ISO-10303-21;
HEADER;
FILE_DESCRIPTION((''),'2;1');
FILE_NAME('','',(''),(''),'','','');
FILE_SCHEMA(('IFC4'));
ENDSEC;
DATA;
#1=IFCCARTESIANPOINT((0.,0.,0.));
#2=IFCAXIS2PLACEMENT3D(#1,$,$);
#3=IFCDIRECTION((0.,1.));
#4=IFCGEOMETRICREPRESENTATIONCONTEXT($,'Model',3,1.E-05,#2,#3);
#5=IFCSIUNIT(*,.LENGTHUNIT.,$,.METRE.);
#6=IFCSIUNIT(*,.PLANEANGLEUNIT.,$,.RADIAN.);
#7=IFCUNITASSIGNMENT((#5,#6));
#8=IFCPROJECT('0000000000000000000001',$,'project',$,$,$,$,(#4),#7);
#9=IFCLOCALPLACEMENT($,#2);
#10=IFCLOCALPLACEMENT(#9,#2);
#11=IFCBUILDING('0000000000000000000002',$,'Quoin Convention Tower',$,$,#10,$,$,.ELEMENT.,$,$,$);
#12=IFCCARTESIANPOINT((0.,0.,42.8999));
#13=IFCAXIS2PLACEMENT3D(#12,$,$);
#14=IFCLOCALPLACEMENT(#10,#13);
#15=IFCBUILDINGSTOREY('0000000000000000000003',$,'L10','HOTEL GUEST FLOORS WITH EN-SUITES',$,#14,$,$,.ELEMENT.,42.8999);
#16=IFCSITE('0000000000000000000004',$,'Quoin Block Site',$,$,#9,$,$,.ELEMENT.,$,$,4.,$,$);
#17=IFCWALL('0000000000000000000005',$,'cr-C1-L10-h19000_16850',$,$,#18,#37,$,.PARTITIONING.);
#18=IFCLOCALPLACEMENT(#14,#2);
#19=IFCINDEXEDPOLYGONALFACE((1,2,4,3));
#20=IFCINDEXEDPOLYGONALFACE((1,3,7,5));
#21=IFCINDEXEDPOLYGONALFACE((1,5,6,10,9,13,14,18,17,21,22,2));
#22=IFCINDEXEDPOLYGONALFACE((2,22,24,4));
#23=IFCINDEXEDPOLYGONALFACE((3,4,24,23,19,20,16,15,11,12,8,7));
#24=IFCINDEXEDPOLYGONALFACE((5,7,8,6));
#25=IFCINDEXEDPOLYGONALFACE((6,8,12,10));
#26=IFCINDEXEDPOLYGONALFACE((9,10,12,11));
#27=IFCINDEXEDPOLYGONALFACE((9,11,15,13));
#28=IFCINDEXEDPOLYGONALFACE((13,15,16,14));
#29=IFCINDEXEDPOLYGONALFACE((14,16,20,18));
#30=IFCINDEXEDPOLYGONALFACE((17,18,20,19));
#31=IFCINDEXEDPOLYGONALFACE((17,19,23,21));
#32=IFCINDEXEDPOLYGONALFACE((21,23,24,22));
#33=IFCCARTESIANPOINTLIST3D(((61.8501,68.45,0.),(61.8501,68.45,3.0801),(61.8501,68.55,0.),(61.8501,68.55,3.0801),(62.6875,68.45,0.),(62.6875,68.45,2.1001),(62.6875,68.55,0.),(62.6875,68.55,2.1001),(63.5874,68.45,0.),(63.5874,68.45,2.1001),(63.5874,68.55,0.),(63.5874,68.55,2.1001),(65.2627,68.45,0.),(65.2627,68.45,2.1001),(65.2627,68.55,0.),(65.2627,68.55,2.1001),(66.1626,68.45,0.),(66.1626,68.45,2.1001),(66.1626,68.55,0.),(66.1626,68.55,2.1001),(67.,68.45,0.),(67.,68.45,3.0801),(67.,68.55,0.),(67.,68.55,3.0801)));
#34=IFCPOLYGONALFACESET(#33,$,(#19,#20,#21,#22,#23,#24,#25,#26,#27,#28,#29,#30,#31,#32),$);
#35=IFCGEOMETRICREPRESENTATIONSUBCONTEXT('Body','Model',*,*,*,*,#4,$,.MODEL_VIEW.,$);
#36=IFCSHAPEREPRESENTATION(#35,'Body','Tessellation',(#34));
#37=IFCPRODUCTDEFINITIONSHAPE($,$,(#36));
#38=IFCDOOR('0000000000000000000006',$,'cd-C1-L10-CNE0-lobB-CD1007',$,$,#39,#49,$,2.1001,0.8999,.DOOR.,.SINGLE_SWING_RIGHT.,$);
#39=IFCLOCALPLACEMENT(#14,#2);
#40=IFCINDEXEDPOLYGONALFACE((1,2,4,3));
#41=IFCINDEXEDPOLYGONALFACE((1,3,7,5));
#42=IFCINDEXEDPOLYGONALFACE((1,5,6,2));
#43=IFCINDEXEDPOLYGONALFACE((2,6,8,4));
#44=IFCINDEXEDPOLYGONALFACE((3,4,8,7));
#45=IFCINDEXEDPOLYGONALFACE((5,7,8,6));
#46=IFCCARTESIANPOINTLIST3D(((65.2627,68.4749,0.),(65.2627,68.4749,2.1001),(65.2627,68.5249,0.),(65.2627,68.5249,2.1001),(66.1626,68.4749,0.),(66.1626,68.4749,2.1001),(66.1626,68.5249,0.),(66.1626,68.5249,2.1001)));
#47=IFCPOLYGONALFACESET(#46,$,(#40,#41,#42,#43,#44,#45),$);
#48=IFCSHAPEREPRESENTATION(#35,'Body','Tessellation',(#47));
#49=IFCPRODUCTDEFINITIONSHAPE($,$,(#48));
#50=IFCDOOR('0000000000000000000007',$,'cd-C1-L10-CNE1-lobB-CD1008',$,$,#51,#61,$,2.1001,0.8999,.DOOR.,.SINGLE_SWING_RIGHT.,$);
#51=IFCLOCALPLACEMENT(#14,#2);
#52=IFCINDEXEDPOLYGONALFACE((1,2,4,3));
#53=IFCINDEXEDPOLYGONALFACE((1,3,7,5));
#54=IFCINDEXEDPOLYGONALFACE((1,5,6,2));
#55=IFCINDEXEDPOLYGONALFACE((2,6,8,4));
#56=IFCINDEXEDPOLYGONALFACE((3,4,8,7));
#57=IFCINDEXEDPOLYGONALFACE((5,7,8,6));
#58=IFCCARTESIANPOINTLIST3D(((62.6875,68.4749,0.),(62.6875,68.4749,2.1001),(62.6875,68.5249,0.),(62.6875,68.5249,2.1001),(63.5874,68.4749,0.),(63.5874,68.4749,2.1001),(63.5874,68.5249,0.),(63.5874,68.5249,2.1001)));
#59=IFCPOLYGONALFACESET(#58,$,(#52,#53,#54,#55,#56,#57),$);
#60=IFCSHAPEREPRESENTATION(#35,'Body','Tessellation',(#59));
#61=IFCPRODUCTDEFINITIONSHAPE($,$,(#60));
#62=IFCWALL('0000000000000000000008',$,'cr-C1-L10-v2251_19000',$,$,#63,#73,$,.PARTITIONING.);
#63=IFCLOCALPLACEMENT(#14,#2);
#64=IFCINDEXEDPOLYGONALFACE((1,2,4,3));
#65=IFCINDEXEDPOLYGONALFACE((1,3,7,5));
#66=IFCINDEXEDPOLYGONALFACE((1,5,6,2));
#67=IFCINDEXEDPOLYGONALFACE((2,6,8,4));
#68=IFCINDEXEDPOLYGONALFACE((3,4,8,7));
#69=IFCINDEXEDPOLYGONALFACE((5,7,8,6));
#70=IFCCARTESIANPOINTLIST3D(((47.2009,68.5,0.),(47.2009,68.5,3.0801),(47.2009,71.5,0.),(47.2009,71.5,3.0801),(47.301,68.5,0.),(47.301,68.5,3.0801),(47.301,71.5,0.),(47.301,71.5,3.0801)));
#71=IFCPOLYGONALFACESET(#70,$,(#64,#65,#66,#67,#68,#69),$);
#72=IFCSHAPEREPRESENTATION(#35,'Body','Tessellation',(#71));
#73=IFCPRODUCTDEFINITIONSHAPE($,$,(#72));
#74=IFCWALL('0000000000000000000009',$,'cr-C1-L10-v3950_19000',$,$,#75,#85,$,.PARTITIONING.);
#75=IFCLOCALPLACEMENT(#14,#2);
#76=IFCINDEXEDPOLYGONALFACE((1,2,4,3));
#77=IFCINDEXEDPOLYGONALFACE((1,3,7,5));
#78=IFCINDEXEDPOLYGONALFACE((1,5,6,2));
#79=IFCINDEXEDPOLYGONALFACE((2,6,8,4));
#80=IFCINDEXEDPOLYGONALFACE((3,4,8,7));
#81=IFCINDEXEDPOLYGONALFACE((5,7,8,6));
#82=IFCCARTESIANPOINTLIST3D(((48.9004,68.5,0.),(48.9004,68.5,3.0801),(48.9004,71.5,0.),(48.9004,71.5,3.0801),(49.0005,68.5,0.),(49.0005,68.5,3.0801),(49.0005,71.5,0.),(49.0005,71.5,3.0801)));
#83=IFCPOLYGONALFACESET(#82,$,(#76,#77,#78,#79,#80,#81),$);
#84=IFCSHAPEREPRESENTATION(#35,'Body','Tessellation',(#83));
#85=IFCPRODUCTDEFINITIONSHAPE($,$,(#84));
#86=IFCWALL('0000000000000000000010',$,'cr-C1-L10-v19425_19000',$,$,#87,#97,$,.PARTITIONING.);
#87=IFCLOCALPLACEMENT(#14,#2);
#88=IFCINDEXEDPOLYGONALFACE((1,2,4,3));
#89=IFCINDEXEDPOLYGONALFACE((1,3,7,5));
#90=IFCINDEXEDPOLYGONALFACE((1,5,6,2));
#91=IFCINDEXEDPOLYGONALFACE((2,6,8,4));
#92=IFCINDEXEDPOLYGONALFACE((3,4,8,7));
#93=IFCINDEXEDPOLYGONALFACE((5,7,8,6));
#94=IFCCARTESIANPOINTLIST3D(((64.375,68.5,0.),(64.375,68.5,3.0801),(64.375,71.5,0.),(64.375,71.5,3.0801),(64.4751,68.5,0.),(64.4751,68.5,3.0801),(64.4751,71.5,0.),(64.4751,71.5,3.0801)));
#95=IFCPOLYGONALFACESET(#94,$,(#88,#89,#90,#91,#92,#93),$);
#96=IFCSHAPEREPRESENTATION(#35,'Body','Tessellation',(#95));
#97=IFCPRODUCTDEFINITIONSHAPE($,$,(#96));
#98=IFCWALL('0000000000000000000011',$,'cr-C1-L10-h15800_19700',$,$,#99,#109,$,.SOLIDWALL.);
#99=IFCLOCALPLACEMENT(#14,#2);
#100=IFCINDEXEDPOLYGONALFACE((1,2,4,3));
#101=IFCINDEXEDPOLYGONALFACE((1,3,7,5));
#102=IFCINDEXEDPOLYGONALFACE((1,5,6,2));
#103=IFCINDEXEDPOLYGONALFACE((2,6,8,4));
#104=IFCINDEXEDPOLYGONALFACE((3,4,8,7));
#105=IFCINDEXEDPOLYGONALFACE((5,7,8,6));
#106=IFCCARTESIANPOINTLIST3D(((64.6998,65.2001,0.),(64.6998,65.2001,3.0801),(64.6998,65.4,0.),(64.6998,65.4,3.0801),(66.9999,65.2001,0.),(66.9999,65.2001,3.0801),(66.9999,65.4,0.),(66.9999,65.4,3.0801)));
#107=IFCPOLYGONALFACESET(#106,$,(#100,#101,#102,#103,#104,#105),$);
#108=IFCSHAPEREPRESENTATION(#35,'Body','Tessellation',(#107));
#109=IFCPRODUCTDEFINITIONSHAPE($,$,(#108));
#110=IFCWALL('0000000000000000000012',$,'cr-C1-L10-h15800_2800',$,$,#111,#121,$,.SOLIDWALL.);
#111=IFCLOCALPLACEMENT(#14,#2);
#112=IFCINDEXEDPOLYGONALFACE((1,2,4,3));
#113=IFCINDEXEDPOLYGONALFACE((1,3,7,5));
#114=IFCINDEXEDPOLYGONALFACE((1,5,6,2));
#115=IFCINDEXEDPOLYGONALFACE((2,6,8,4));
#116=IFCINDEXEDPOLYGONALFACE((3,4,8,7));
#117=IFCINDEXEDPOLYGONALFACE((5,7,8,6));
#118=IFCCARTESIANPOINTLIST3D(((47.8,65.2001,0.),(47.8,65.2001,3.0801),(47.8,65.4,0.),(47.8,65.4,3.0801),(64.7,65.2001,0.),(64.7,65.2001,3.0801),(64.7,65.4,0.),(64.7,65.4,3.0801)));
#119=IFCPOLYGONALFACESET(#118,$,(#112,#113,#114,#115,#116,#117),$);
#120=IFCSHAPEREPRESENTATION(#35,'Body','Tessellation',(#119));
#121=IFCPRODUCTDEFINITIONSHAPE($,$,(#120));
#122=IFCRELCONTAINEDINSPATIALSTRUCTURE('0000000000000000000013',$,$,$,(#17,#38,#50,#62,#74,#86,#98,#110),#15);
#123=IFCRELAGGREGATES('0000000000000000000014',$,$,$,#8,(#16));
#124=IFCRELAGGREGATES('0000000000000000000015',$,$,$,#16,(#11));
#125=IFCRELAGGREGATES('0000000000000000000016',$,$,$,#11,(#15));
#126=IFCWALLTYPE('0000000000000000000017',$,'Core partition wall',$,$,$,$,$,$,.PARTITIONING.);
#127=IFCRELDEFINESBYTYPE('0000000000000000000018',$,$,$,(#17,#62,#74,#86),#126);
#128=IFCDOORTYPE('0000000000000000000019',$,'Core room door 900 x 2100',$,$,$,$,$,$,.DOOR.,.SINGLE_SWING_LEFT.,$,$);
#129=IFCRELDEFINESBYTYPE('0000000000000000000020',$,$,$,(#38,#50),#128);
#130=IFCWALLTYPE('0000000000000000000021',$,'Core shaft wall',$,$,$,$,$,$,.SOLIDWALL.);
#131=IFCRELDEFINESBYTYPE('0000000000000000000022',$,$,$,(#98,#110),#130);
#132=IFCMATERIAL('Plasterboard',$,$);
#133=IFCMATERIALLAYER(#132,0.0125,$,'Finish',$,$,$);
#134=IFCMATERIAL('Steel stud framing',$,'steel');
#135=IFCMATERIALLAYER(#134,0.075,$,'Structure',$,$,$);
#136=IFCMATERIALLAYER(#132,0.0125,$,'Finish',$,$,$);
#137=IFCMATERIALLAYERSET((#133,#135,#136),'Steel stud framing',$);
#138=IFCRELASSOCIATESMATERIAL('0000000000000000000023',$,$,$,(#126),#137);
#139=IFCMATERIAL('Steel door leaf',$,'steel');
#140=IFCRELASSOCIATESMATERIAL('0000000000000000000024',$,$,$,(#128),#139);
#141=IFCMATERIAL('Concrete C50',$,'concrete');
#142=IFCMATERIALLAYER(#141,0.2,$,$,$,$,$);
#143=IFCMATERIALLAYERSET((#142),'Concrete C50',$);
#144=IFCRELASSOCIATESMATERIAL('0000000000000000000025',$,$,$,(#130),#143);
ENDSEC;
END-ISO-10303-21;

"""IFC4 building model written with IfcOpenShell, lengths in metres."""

from ifc_helpers import new_model, si_unit, direction, frame, frame_2d, origin, place, context, subcontext, project, spatial, rectangle, extrude, material, layer, layer_set, type_object, element, fill, save


model = new_model("IFC4")

# Units and contexts
model_context = context("Model", 3, precision=1e-05, world=origin(), true_north=direction((0.0, 1.0)))
body_context = subcontext(model_context, "Body", "Model", "MODEL_VIEW")
ifc_project = project(units=[si_unit("LENGTHUNIT", "METRE"), si_unit("PLANEANGLEUNIT", "RADIAN")], contexts=[model_context])

# Site, building, storey
site_placement = place(None, origin())
site = spatial("IfcSite", under=ifc_project, at=site_placement, Name="Quoin Block Site", CompositionType="ELEMENT", RefElevation=4.0)
building_placement = place(site_placement, origin())
building = spatial("IfcBuilding", under=site, at=building_placement, Name="Quoin Convention Tower", CompositionType="ELEMENT")
storey_placement = place(building_placement, frame((0.0, 0.0, 42.8999)))
storey = spatial("IfcBuildingStorey", under=building, at=storey_placement, Name="L10", Description="HOTEL GUEST FLOORS WITH EN-SUITES", CompositionType="ELEMENT", Elevation=42.8999)

# Wall, openings, doors
ifc_material_1 = material(Name="Plasterboard")
ifc_layer_1 = layer(ifc_material_1, 0.0125, Name="Finish")
ifc_material_2 = material(Name="Steel stud framing", Category="steel")
ifc_layer_2 = layer(ifc_material_2, 0.075, Name="Structure")
ifc_layer_3 = layer(ifc_material_1, 0.0125, Name="Finish")
ifc_layer_set_1 = layer_set([ifc_layer_1, ifc_layer_2, ifc_layer_3], Name="Steel stud framing")
wall_type_1 = type_object("IfcWallType", Name="Core partition wall", PredefinedType="PARTITIONING", material=ifc_layer_set_1)
wall_1_placement = place(storey_placement, frame((61.8501, 68.5, 0.0), z_axis=(0.0, 0.0, 1.0), x_axis=(1.0, 0.0, 0.0)))
wall_1 = element("IfcWall", 1, at=wall_1_placement, inside=storey, type_object=wall_type_1, Name="cr-C1-L10-h19000_16850", PredefinedType="PARTITIONING", context=body_context, shape_type="SweptSolid", body=[
    extrude(rectangle(XDim=5.1499, YDim=0.1001, at=frame_2d((2.575, 0.0))), origin(), (0.0, 0.0, 1.0), 3.0801),
])
opening_1_placement = place(wall_1_placement, frame((3.4126, 0.0, 0.0)))
opening_1 = element("IfcOpeningElement", 2, at=opening_1_placement, cuts=wall_1, PredefinedType="OPENING", context=body_context, shape_type="SweptSolid", body=[
    extrude(rectangle(XDim=0.8999, YDim=2.1001, at=frame_2d((0.45, 1.05))), frame((0.0, 0.0601, 0.0), z_axis=(0.0, -1.0, 0.0), x_axis=(1.0, 0.0, 0.0)), (0.0, 0.0, 1.0), 0.1201),
])
opening_2_placement = place(wall_1_placement, frame((0.8374, 0.0, 0.0)))
opening_2 = element("IfcOpeningElement", 3, at=opening_2_placement, cuts=wall_1, PredefinedType="OPENING", context=body_context, shape_type="SweptSolid", body=[
    extrude(rectangle(XDim=0.8999, YDim=2.1001, at=frame_2d((0.45, 1.05))), frame((0.0, 0.0601, 0.0), z_axis=(0.0, -1.0, 0.0), x_axis=(1.0, 0.0, 0.0)), (0.0, 0.0, 1.0), 0.1201),
])
ifc_material_3 = material(Name="Steel door leaf", Category="steel")
door_type_1 = type_object("IfcDoorType", Name="Core room door 900 x 2100", OperationType="SINGLE_SWING_LEFT", PredefinedType="DOOR", material=ifc_material_3)
door_1_placement = place(opening_1_placement, origin())
door_1 = element("IfcDoor", 4, at=door_1_placement, inside=storey, type_object=door_type_1, Name="cd-C1-L10-CNE0-lobB-CD1007", OperationType="SINGLE_SWING_RIGHT", OverallHeight=2.1001, OverallWidth=0.8999, PredefinedType="DOOR", context=body_context, shape_type="SweptSolid", body=[
    extrude(rectangle(XDim=0.8999, YDim=2.1001, at=frame_2d((0.45, 1.05))), frame((0.0, 0.0249, 0.0), z_axis=(0.0, -1.0, 0.0), x_axis=(1.0, 0.0, 0.0)), (0.0, 0.0, 1.0), 0.05),
])
fill(opening_1, door_1)
door_2_placement = place(opening_2_placement, origin())
door_2 = element("IfcDoor", 5, at=door_2_placement, inside=storey, type_object=door_type_1, Name="cd-C1-L10-CNE1-lobB-CD1008", OperationType="SINGLE_SWING_RIGHT", OverallHeight=2.1001, OverallWidth=0.8999, PredefinedType="DOOR", context=body_context, shape_type="SweptSolid", body=[
    extrude(rectangle(XDim=0.8999, YDim=2.1001, at=frame_2d((0.45, 1.05))), frame((0.0, 0.0249, 0.0), z_axis=(0.0, -1.0, 0.0), x_axis=(1.0, 0.0, 0.0)), (0.0, 0.0, 1.0), 0.05),
])
fill(opening_2, door_2)

# Walls
for number, where, z_axis, x_axis, name in (
    (6, (47.251, 68.5, 0.0), (0.0, 0.0, 1.0), (0.0, 1.0, 0.0), "cr-C1-L10-v2251_19000"),
    (7, (48.9504, 68.5, 0.0), (0.0, 0.0, 1.0), (0.0, 1.0, 0.0), "cr-C1-L10-v3950_19000"),
    (8, (64.425, 68.5, 0.0), (0.0, 0.0, 1.0), (0.0, 1.0, 0.0), "cr-C1-L10-v19425_19000"),
):
    element("IfcWall", number, at=place(storey_placement, frame(where, z_axis=z_axis, x_axis=x_axis)), inside=storey, type_object=wall_type_1, Name=name, PredefinedType="PARTITIONING", context=body_context, shape_type="SweptSolid", body=[
        extrude(rectangle(XDim=3.0, YDim=0.1001, at=frame_2d((1.5, 0.0))), origin(), (0.0, 0.0, 1.0), 3.0801),
    ])
ifc_material_4 = material(Name="Concrete C50", Category="concrete")
ifc_layer_4 = layer(ifc_material_4, 0.2)
ifc_layer_set_2 = layer_set([ifc_layer_4], Name="Concrete C50")
wall_type_2 = type_object("IfcWallType", Name="Core shaft wall", PredefinedType="SOLIDWALL", material=ifc_layer_set_2)
wall_2_placement = place(storey_placement, frame((64.7, 65.3, 0.0), z_axis=(0.0, 0.0, 1.0), x_axis=(1.0, 0.0, 0.0)))
element("IfcWall", 9, at=wall_2_placement, inside=storey, type_object=wall_type_2, Name="cr-C1-L10-h15800_19700", PredefinedType="SOLIDWALL", context=body_context, shape_type="SweptSolid", body=[
    extrude(rectangle(XDim=2.3, YDim=0.2, at=frame_2d((1.1499, 0.0))), origin(), (0.0, 0.0, 1.0), 3.0801),
])
wall_3_placement = place(storey_placement, frame((47.8, 65.3, 0.0), z_axis=(0.0, 0.0, 1.0), x_axis=(1.0, 0.0, 0.0)))
element("IfcWall", 10, at=wall_3_placement, inside=storey, type_object=wall_type_2, Name="cr-C1-L10-h15800_2800", PredefinedType="SOLIDWALL", context=body_context, shape_type="SweptSolid", body=[
    extrude(rectangle(XDim=16.8999, YDim=0.2, at=frame_2d((8.45, 0.0))), origin(), (0.0, 0.0, 1.0), 3.0801),
])

save(model, "model.ifc")
